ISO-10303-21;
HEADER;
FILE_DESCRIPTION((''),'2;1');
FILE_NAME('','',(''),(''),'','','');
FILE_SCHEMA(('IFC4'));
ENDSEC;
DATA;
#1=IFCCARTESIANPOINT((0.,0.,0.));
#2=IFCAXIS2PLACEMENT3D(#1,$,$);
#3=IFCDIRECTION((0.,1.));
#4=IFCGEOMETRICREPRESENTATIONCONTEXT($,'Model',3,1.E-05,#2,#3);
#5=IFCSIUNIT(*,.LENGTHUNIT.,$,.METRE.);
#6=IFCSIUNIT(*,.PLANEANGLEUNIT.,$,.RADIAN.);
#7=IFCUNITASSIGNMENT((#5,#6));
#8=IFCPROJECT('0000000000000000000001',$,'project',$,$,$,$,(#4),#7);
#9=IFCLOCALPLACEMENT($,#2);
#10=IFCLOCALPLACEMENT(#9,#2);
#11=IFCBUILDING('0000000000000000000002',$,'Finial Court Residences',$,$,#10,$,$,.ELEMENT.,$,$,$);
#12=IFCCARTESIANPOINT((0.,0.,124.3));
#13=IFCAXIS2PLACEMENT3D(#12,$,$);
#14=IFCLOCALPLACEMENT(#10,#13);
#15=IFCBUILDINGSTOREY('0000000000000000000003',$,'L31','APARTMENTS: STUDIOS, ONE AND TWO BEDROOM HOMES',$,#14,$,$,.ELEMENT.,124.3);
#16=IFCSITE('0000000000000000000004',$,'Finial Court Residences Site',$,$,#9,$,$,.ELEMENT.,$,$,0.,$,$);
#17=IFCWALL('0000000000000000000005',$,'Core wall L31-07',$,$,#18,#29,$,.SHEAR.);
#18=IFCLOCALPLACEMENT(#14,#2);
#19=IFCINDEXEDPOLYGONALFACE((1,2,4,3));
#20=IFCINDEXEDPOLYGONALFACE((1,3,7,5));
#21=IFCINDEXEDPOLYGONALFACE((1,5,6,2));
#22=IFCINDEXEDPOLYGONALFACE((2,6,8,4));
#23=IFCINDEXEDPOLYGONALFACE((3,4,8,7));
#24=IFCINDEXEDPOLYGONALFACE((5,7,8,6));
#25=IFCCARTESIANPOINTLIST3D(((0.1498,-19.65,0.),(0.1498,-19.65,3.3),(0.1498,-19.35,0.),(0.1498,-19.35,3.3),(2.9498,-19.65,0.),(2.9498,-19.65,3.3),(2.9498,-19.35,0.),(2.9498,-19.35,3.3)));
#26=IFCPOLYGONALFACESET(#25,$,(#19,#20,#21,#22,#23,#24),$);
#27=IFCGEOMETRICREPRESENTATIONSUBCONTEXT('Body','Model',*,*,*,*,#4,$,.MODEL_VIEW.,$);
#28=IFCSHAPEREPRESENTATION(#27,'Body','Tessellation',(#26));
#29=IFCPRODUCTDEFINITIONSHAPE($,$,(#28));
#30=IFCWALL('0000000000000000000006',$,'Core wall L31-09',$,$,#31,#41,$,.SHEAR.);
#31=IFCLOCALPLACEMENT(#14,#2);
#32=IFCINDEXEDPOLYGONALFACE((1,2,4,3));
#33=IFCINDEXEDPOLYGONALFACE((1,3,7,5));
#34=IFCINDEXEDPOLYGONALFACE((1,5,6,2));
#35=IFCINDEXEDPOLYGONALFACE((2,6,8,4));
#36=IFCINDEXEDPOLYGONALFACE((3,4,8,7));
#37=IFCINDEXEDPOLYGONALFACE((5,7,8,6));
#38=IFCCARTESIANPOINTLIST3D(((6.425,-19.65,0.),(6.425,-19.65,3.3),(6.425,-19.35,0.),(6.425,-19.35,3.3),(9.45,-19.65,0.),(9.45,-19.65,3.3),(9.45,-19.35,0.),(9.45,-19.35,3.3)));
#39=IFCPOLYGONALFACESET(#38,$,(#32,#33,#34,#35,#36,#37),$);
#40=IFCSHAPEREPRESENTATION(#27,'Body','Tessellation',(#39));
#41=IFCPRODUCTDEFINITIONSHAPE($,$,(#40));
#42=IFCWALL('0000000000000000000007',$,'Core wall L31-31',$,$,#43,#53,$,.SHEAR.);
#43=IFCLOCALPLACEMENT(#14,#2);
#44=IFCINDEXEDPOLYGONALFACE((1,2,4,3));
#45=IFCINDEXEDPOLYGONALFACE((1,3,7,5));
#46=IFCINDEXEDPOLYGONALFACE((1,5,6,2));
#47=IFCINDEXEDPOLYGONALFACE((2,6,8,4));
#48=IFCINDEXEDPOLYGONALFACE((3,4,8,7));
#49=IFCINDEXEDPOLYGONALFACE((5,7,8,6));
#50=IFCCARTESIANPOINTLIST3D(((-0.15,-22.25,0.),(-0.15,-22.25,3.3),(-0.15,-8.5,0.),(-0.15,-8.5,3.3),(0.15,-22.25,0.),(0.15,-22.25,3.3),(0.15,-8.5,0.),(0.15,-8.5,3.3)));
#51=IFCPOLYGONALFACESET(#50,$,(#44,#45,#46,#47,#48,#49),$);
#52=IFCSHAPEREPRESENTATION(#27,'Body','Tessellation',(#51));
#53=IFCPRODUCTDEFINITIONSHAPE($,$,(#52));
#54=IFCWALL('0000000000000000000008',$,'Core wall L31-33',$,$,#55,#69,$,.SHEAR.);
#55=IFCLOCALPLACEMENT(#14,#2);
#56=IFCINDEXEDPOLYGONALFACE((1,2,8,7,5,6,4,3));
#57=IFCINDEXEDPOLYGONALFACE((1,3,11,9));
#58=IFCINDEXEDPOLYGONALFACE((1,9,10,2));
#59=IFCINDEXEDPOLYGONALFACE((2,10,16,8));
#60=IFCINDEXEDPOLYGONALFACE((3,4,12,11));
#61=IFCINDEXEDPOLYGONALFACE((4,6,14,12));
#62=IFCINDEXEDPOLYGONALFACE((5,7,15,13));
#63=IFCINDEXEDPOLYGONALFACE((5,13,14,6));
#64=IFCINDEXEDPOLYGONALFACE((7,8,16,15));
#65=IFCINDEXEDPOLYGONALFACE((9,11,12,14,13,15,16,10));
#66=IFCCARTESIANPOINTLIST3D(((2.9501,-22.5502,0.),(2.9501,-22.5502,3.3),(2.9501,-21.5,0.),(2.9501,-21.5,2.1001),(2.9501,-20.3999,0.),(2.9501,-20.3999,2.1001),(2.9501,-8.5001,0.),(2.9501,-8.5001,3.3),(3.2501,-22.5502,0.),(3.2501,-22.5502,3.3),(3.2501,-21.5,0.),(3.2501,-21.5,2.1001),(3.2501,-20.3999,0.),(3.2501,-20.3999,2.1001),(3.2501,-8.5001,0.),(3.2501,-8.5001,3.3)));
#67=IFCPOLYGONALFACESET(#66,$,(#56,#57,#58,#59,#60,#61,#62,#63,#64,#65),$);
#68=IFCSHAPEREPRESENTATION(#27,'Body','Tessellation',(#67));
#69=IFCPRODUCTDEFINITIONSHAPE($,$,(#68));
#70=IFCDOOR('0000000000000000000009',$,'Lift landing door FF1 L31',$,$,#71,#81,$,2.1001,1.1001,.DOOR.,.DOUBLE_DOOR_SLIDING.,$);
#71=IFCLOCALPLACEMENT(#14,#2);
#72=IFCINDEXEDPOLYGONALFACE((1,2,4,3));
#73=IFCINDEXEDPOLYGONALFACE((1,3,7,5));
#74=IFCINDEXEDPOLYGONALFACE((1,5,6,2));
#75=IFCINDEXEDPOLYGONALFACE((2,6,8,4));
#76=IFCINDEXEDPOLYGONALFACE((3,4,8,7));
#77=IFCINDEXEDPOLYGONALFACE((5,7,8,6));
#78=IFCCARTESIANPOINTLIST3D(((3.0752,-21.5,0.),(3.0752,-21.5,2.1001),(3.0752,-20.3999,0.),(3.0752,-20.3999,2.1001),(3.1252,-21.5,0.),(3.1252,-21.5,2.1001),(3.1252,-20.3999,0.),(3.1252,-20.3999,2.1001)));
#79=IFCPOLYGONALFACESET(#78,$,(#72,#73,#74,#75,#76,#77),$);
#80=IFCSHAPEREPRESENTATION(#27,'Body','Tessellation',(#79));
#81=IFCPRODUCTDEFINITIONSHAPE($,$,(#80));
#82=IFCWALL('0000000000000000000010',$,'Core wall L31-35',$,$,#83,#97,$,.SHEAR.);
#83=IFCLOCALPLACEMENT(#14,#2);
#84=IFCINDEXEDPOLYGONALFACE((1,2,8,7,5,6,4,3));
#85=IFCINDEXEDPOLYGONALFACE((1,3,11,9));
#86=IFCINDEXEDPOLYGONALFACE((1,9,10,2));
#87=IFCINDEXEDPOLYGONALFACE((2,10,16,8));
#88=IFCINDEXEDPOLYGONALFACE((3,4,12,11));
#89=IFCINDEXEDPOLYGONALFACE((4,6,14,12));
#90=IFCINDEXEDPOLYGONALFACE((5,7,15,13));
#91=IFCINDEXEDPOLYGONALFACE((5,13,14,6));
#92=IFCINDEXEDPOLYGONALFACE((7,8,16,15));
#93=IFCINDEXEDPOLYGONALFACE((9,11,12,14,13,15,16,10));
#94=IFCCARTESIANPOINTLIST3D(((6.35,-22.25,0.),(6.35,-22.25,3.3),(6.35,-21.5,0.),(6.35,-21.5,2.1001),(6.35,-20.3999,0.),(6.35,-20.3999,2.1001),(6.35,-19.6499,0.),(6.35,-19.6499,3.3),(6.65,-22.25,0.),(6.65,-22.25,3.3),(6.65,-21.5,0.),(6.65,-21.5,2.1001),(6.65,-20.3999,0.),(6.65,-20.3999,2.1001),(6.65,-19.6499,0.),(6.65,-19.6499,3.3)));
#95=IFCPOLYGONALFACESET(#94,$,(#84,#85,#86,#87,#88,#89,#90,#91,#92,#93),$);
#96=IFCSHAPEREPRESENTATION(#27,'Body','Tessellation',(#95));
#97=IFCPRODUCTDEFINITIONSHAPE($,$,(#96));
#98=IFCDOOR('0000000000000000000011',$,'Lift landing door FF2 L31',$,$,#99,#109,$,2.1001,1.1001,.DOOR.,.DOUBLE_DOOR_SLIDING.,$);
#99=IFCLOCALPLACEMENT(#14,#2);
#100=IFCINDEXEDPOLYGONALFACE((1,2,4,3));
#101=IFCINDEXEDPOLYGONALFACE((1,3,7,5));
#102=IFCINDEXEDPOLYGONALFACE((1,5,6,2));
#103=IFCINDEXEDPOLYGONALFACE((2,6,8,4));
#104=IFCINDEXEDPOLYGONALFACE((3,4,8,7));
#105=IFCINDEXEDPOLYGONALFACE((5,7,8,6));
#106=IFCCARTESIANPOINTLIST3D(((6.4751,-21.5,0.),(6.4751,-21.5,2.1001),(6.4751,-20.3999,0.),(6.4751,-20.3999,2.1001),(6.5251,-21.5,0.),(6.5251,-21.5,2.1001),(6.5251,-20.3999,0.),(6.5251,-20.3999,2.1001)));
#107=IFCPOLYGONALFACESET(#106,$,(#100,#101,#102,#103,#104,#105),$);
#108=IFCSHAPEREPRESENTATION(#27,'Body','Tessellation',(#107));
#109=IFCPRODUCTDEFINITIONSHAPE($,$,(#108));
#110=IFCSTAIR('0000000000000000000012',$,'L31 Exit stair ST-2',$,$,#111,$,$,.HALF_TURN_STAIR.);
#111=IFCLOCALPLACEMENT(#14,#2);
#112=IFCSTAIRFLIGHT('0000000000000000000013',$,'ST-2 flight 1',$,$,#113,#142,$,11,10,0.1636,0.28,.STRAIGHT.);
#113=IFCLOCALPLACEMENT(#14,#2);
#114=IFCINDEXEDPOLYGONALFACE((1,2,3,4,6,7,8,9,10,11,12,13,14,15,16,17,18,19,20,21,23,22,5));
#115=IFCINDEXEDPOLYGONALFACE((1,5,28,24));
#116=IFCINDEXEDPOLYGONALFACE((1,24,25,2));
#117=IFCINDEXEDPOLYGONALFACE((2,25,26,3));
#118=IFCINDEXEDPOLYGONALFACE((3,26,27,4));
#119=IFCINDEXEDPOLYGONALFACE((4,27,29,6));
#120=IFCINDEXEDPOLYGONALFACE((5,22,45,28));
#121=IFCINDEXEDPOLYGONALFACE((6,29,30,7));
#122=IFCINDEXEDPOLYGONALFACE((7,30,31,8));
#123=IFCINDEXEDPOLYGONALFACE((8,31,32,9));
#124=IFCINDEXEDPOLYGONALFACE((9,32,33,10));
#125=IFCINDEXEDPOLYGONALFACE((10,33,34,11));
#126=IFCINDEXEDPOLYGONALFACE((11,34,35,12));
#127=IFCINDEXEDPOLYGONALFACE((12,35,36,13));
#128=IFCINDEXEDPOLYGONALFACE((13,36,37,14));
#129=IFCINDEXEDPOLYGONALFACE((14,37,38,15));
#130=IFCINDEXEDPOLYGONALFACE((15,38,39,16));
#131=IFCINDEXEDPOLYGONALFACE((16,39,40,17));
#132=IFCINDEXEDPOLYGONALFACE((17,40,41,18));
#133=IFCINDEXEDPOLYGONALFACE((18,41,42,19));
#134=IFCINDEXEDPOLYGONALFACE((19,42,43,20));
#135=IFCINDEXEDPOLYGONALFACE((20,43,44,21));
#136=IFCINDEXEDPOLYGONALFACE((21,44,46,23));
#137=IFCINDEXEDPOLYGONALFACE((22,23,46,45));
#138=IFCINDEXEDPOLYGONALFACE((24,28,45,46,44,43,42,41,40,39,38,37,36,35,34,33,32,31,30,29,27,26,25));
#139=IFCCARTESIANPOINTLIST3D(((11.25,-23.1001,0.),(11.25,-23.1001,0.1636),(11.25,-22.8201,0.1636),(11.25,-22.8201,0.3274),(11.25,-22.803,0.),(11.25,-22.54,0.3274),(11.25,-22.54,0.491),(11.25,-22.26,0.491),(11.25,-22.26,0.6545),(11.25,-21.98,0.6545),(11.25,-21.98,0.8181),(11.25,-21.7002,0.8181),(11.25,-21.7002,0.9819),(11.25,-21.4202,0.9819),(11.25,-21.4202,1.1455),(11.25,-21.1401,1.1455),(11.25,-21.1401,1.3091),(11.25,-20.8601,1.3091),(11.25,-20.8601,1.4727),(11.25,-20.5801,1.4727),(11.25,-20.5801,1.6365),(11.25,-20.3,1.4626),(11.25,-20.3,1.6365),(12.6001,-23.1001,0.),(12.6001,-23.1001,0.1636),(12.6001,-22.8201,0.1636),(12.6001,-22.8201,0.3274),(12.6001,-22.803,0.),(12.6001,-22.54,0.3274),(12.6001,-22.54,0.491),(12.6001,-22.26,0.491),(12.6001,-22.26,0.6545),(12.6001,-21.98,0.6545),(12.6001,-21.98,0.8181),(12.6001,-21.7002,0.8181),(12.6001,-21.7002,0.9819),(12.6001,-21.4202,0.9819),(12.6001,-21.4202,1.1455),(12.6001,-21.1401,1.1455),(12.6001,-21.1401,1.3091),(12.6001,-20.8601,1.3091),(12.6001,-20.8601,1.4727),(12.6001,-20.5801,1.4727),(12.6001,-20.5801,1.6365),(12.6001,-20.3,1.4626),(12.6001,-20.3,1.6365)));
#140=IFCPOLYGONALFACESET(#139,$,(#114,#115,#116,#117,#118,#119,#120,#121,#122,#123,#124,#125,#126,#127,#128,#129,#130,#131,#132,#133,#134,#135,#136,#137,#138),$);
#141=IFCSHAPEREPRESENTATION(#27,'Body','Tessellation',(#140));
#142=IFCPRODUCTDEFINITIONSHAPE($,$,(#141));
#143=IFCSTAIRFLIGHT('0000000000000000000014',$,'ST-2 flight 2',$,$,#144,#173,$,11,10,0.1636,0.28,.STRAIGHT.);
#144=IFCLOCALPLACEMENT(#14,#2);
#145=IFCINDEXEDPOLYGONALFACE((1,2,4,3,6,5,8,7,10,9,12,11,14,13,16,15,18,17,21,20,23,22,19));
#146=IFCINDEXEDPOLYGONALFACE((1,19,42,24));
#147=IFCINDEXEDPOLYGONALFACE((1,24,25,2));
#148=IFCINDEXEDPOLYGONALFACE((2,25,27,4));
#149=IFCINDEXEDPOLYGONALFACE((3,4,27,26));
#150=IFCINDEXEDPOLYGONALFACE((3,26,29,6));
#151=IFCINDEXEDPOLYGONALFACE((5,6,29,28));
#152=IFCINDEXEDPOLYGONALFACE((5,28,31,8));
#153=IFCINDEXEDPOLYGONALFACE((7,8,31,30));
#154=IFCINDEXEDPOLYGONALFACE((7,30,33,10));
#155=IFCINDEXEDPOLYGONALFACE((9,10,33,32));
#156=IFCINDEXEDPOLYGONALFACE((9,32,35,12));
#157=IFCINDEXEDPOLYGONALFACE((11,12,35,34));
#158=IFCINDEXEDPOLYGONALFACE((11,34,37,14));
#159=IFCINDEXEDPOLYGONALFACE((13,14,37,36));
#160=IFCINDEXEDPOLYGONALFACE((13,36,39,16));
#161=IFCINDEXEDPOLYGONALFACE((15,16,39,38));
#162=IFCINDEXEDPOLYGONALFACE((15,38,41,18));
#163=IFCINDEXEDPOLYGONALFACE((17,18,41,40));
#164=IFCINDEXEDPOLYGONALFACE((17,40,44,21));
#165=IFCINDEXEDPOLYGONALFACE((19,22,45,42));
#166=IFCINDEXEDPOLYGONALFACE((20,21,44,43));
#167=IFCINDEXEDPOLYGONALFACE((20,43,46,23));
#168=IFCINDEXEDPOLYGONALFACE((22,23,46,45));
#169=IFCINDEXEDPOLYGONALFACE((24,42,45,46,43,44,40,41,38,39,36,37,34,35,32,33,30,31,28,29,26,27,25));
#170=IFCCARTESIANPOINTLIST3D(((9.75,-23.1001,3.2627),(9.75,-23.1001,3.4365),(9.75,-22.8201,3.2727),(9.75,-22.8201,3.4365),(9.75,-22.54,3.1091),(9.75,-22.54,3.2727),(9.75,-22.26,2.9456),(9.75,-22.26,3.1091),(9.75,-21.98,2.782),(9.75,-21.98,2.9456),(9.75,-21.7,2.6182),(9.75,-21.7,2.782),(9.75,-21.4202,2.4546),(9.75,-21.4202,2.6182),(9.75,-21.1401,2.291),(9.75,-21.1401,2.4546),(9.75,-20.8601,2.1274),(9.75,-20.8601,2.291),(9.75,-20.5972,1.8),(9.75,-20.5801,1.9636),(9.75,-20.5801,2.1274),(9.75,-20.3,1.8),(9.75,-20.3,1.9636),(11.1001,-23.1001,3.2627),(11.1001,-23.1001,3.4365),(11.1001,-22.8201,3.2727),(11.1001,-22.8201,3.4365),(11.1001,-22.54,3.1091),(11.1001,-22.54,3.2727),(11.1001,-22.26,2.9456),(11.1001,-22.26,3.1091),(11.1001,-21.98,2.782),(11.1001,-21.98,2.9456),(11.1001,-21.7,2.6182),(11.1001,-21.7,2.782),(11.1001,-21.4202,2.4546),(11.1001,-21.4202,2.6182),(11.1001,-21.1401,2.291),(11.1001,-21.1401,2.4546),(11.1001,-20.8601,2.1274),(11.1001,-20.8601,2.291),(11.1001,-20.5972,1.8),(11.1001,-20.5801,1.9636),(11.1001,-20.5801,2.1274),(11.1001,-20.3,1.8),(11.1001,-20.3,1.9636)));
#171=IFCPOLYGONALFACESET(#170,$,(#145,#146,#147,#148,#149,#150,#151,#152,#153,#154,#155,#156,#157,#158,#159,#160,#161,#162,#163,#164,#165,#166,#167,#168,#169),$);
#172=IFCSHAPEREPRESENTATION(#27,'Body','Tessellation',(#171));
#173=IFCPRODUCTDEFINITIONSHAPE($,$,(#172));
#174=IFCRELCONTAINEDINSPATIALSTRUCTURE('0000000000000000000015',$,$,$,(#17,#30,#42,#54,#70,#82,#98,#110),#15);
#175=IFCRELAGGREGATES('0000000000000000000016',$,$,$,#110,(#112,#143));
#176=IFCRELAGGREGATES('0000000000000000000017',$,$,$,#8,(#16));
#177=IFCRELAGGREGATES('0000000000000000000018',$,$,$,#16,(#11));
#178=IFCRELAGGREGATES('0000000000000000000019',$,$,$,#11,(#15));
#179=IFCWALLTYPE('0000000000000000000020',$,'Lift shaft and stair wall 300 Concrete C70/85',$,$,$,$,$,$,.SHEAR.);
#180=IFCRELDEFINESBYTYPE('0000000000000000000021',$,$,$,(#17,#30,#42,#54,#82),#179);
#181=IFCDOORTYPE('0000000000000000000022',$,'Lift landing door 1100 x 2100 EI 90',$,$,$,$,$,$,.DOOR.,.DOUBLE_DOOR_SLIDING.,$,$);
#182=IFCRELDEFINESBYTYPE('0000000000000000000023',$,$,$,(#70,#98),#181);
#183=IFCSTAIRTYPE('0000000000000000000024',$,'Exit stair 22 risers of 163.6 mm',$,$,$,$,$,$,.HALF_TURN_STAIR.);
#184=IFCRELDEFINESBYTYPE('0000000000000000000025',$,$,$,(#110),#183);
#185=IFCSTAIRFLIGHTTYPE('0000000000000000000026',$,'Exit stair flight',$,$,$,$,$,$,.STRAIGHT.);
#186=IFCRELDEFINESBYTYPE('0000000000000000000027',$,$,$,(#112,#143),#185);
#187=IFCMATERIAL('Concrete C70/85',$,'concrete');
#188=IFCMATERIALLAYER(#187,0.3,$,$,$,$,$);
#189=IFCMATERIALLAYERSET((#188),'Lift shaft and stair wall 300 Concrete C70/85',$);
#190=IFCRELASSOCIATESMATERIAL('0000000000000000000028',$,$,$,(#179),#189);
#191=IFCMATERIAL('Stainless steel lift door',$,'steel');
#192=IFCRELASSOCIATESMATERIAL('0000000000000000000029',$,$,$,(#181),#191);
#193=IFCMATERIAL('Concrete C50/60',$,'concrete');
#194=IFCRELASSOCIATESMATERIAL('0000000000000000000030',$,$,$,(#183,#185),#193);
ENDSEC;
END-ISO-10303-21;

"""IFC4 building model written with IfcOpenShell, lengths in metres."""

from ifc_helpers import new_model, si_unit, direction, frame, frame_2d, origin, place, context, subcontext, project, spatial, polyline, rectangle, outline, extrude, material, layer, layer_set, type_object, element, fill, aggregate, save


model = new_model("IFC4")

# Units and contexts
model_context = context("Model", 3, precision=1e-05, world=origin(), true_north=direction((0.0, 1.0)))
body_context = subcontext(model_context, "Body", "Model", "MODEL_VIEW")
ifc_project = project(units=[si_unit("LENGTHUNIT", "METRE"), si_unit("PLANEANGLEUNIT", "RADIAN")], contexts=[model_context])

# Site, building, storey
site_placement = place(None, origin())
site = spatial("IfcSite", under=ifc_project, at=site_placement, Name="Finial Court Residences Site", CompositionType="ELEMENT", RefElevation=0.0)
building_placement = place(site_placement, origin())
building = spatial("IfcBuilding", under=site, at=building_placement, Name="Finial Court Residences", CompositionType="ELEMENT")
storey_placement = place(building_placement, frame((0.0, 0.0, 124.3)))
storey = spatial("IfcBuildingStorey", under=building, at=storey_placement, Name="L31", Description="APARTMENTS: STUDIOS, ONE AND TWO BEDROOM HOMES", CompositionType="ELEMENT", Elevation=124.3)

# Shared definitions
ifc_material_1 = material(Name="Concrete C70/85", Category="concrete")

# Walls
ifc_layer_1 = layer(ifc_material_1, 0.3)
ifc_layer_set_1 = layer_set([ifc_layer_1], Name="Lift shaft and stair wall 300 Concrete C70/85")
wall_type_1 = type_object("IfcWallType", Name="Lift shaft and stair wall 300 Concrete C70/85", PredefinedType="SHEAR", material=ifc_layer_set_1)
wall_1_placement = place(storey_placement, frame((0.1499, -19.5, 0.0), z_axis=(0.0, 0.0, 1.0), x_axis=(1.0, 0.0, 0.0)))
element("IfcWall", 1, at=wall_1_placement, inside=storey, type_object=wall_type_1, Name="Core wall L31-07", PredefinedType="SHEAR", context=body_context, shape_type="SweptSolid", body=[
    extrude(rectangle(XDim=2.8, YDim=0.3, at=frame_2d((1.3999, 0.0))), origin(), (0.0, 0.0, 1.0), 3.3),
])
wall_2_placement = place(storey_placement, frame((6.425, -19.5, 0.0), z_axis=(0.0, 0.0, 1.0), x_axis=(1.0, 0.0, 0.0)))
element("IfcWall", 2, at=wall_2_placement, inside=storey, type_object=wall_type_1, Name="Core wall L31-09", PredefinedType="SHEAR", context=body_context, shape_type="SweptSolid", body=[
    extrude(rectangle(XDim=3.0249, YDim=0.3, at=frame_2d((1.5125, 0.0))), origin(), (0.0, 0.0, 1.0), 3.3),
])
wall_3_placement = place(storey_placement, frame((0.0, -22.25, 0.0), z_axis=(0.0, 0.0, 1.0), x_axis=(0.0, 1.0, 0.0)))
element("IfcWall", 3, at=wall_3_placement, inside=storey, type_object=wall_type_1, Name="Core wall L31-31", PredefinedType="SHEAR", context=body_context, shape_type="SweptSolid", body=[
    extrude(rectangle(XDim=13.75, YDim=0.3, at=frame_2d((6.875, 0.0))), origin(), (0.0, 0.0, 1.0), 3.3),
])

# Walls, openings, doors
wall_4_placement = place(storey_placement, frame((3.1001, -22.55, 0.0), z_axis=(0.0, 0.0, 1.0), x_axis=(0.0, 1.0, 0.0)))
wall_4 = element("IfcWall", 4, at=wall_4_placement, inside=storey, type_object=wall_type_1, Name="Core wall L31-33", PredefinedType="SHEAR", context=body_context, shape_type="SweptSolid", body=[
    extrude(rectangle(XDim=14.05, YDim=0.3, at=frame_2d((7.0249, 0.0))), origin(), (0.0, 0.0, 1.0), 3.3),
])
opening_1_placement = place(wall_4_placement, frame((1.05, 0.0, 0.0)))
opening_1 = element("IfcOpeningElement", 5, at=opening_1_placement, cuts=wall_4, PredefinedType="OPENING", context=body_context, shape_type="SweptSolid", body=[
    extrude(rectangle(XDim=1.1001, YDim=2.1001, at=frame_2d((0.55, 1.05))), frame((0.0, 0.1599, 0.0), z_axis=(0.0, -1.0, 0.0), x_axis=(1.0, 0.0, 0.0)), (0.0, 0.0, 1.0), 0.3201),
])
ifc_material_2 = material(Name="Stainless steel lift door", Category="steel")
door_type_1 = type_object("IfcDoorType", Name="Lift landing door 1100 x 2100 EI 90", OperationType="DOUBLE_DOOR_SLIDING", PredefinedType="DOOR", material=ifc_material_2)
door_1_placement = place(opening_1_placement, origin())
door_1 = element("IfcDoor", 6, at=door_1_placement, inside=storey, type_object=door_type_1, Name="Lift landing door FF1 L31", OperationType="DOUBLE_DOOR_SLIDING", OverallHeight=2.1001, OverallWidth=1.1001, PredefinedType="DOOR", context=body_context, shape_type="SweptSolid", body=[
    extrude(rectangle(XDim=1.1001, YDim=2.1001, at=frame_2d((0.55, 1.05))), frame((0.0, 0.0249, 0.0), z_axis=(0.0, -1.0, 0.0), x_axis=(1.0, 0.0, 0.0)), (0.0, 0.0, 1.0), 0.05),
])
fill(opening_1, door_1)
wall_5_placement = place(storey_placement, frame((6.5, -22.25, 0.0), z_axis=(0.0, 0.0, 1.0), x_axis=(0.0, 1.0, 0.0)))
wall_5 = element("IfcWall", 7, at=wall_5_placement, inside=storey, type_object=wall_type_1, Name="Core wall L31-35", PredefinedType="SHEAR", context=body_context, shape_type="SweptSolid", body=[
    extrude(rectangle(XDim=2.6001, YDim=0.3, at=frame_2d((1.3, 0.0))), origin(), (0.0, 0.0, 1.0), 3.3),
])
opening_2_placement = place(wall_5_placement, frame((0.75, 0.0, 0.0)))
opening_2 = element("IfcOpeningElement", 8, at=opening_2_placement, cuts=wall_5, PredefinedType="OPENING", context=body_context, shape_type="SweptSolid", body=[
    extrude(rectangle(XDim=1.1001, YDim=2.1001, at=frame_2d((0.55, 1.05))), frame((0.0, 0.1599, 0.0), z_axis=(0.0, -1.0, 0.0), x_axis=(1.0, 0.0, 0.0)), (0.0, 0.0, 1.0), 0.3201),
])
door_2_placement = place(opening_2_placement, origin())
door_2 = element("IfcDoor", 9, at=door_2_placement, inside=storey, type_object=door_type_1, Name="Lift landing door FF2 L31", OperationType="DOUBLE_DOOR_SLIDING", OverallHeight=2.1001, OverallWidth=1.1001, PredefinedType="DOOR", context=body_context, shape_type="SweptSolid", body=[
    extrude(rectangle(XDim=1.1001, YDim=2.1001, at=frame_2d((0.55, 1.05))), frame((0.0, 0.0249, 0.0), z_axis=(0.0, -1.0, 0.0), x_axis=(1.0, 0.0, 0.0)), (0.0, 0.0, 1.0), 0.05),
])
fill(opening_2, door_2)

# Stair, stair flights
ifc_material_3 = material(Name="Concrete C50/60", Category="concrete")
stair_type = type_object("IfcStairType", Name="Exit stair 22 risers of 163.6 mm", PredefinedType="HALF_TURN_STAIR", material=ifc_material_3)
stair_placement = place(storey_placement, origin())
stair = element("IfcStair", 10, at=stair_placement, inside=storey, type_object=stair_type, Name="L31 Exit stair ST-2", PredefinedType="HALF_TURN_STAIR")
stair_flight_type = type_object("IfcStairFlightType", Name="Exit stair flight", PredefinedType="STRAIGHT", material=ifc_material_3)
stair_flight_1_placement = place(storey_placement, frame((11.925, -23.1001, 0.0), z_axis=(0.0, 0.0, 1.0), x_axis=(0.0, 1.0, 0.0)))
stair_flight_1 = element("IfcStairFlight", 11, at=stair_flight_1_placement, type_object=stair_flight_type, Name="ST-2 flight 1", NumberOfRisers=11, NumberOfTreads=10, PredefinedType="STRAIGHT", RiserHeight=0.1636, TreadLength=0.28, context=body_context, shape_type="SweptSolid", body=[
    extrude(outline(polyline([(0.0, 0.0), (0.0, 0.1636), (0.28, 0.1636), (0.28, 0.3274), (0.5601, 0.3274), (0.5601, 0.491), (0.8401, 0.491), (0.8401, 0.6545), (1.1201, 0.6545), (1.1201, 0.8181), (1.3999, 0.8181), (1.3999, 0.9819), (1.6799, 0.9819), (1.6799, 1.1455), (1.96, 1.1455), (1.96, 1.3091), (2.24, 1.3091), (2.24, 1.4727), (2.52, 1.4727), (2.52, 1.6365), (2.8, 1.6365), (2.8, 1.8), (2.8, 1.4626), (0.2971, 0.0), (0.0, 0.0)])), frame((0.0, 0.675, 0.0), z_axis=(0.0, -1.0, 0.0), x_axis=(1.0, 0.0, 0.0)), (0.0, 0.0, 1.0), 1.3501),
])
stair_flight_2_placement = place(storey_placement, frame((10.425, -20.3, 1.8), z_axis=(0.0, 0.0, 1.0), x_axis=(0.0, -1.0, 0.0)))
stair_flight_2 = element("IfcStairFlight", 12, at=stair_flight_2_placement, type_object=stair_flight_type, Name="ST-2 flight 2", NumberOfRisers=11, NumberOfTreads=10, PredefinedType="STRAIGHT", RiserHeight=0.1636, TreadLength=0.28, context=body_context, shape_type="SweptSolid", body=[
    extrude(outline(polyline([(0.0, 0.0), (0.0, 0.1636), (0.28, 0.1636), (0.28, 0.3274), (0.5601, 0.3274), (0.5601, 0.491), (0.8401, 0.491), (0.8401, 0.6545), (1.1201, 0.6545), (1.1201, 0.8181), (1.3999, 0.8181), (1.3999, 0.9819), (1.6799, 0.9819), (1.6799, 1.1455), (1.96, 1.1455), (1.96, 1.3091), (2.24, 1.3091), (2.24, 1.4727), (2.52, 1.4727), (2.52, 1.6365), (2.8, 1.6365), (2.8, 1.8), (2.8, 1.4626), (0.2971, 0.0), (0.0, 0.0)])), frame((0.0, 0.675, 0.0), z_axis=(0.0, -1.0, 0.0), x_axis=(1.0, 0.0, 0.0)), (0.0, 0.0, 1.0), 1.3501),
])
aggregate(stair, [stair_flight_1, stair_flight_2])

save(model, "model.ifc")
